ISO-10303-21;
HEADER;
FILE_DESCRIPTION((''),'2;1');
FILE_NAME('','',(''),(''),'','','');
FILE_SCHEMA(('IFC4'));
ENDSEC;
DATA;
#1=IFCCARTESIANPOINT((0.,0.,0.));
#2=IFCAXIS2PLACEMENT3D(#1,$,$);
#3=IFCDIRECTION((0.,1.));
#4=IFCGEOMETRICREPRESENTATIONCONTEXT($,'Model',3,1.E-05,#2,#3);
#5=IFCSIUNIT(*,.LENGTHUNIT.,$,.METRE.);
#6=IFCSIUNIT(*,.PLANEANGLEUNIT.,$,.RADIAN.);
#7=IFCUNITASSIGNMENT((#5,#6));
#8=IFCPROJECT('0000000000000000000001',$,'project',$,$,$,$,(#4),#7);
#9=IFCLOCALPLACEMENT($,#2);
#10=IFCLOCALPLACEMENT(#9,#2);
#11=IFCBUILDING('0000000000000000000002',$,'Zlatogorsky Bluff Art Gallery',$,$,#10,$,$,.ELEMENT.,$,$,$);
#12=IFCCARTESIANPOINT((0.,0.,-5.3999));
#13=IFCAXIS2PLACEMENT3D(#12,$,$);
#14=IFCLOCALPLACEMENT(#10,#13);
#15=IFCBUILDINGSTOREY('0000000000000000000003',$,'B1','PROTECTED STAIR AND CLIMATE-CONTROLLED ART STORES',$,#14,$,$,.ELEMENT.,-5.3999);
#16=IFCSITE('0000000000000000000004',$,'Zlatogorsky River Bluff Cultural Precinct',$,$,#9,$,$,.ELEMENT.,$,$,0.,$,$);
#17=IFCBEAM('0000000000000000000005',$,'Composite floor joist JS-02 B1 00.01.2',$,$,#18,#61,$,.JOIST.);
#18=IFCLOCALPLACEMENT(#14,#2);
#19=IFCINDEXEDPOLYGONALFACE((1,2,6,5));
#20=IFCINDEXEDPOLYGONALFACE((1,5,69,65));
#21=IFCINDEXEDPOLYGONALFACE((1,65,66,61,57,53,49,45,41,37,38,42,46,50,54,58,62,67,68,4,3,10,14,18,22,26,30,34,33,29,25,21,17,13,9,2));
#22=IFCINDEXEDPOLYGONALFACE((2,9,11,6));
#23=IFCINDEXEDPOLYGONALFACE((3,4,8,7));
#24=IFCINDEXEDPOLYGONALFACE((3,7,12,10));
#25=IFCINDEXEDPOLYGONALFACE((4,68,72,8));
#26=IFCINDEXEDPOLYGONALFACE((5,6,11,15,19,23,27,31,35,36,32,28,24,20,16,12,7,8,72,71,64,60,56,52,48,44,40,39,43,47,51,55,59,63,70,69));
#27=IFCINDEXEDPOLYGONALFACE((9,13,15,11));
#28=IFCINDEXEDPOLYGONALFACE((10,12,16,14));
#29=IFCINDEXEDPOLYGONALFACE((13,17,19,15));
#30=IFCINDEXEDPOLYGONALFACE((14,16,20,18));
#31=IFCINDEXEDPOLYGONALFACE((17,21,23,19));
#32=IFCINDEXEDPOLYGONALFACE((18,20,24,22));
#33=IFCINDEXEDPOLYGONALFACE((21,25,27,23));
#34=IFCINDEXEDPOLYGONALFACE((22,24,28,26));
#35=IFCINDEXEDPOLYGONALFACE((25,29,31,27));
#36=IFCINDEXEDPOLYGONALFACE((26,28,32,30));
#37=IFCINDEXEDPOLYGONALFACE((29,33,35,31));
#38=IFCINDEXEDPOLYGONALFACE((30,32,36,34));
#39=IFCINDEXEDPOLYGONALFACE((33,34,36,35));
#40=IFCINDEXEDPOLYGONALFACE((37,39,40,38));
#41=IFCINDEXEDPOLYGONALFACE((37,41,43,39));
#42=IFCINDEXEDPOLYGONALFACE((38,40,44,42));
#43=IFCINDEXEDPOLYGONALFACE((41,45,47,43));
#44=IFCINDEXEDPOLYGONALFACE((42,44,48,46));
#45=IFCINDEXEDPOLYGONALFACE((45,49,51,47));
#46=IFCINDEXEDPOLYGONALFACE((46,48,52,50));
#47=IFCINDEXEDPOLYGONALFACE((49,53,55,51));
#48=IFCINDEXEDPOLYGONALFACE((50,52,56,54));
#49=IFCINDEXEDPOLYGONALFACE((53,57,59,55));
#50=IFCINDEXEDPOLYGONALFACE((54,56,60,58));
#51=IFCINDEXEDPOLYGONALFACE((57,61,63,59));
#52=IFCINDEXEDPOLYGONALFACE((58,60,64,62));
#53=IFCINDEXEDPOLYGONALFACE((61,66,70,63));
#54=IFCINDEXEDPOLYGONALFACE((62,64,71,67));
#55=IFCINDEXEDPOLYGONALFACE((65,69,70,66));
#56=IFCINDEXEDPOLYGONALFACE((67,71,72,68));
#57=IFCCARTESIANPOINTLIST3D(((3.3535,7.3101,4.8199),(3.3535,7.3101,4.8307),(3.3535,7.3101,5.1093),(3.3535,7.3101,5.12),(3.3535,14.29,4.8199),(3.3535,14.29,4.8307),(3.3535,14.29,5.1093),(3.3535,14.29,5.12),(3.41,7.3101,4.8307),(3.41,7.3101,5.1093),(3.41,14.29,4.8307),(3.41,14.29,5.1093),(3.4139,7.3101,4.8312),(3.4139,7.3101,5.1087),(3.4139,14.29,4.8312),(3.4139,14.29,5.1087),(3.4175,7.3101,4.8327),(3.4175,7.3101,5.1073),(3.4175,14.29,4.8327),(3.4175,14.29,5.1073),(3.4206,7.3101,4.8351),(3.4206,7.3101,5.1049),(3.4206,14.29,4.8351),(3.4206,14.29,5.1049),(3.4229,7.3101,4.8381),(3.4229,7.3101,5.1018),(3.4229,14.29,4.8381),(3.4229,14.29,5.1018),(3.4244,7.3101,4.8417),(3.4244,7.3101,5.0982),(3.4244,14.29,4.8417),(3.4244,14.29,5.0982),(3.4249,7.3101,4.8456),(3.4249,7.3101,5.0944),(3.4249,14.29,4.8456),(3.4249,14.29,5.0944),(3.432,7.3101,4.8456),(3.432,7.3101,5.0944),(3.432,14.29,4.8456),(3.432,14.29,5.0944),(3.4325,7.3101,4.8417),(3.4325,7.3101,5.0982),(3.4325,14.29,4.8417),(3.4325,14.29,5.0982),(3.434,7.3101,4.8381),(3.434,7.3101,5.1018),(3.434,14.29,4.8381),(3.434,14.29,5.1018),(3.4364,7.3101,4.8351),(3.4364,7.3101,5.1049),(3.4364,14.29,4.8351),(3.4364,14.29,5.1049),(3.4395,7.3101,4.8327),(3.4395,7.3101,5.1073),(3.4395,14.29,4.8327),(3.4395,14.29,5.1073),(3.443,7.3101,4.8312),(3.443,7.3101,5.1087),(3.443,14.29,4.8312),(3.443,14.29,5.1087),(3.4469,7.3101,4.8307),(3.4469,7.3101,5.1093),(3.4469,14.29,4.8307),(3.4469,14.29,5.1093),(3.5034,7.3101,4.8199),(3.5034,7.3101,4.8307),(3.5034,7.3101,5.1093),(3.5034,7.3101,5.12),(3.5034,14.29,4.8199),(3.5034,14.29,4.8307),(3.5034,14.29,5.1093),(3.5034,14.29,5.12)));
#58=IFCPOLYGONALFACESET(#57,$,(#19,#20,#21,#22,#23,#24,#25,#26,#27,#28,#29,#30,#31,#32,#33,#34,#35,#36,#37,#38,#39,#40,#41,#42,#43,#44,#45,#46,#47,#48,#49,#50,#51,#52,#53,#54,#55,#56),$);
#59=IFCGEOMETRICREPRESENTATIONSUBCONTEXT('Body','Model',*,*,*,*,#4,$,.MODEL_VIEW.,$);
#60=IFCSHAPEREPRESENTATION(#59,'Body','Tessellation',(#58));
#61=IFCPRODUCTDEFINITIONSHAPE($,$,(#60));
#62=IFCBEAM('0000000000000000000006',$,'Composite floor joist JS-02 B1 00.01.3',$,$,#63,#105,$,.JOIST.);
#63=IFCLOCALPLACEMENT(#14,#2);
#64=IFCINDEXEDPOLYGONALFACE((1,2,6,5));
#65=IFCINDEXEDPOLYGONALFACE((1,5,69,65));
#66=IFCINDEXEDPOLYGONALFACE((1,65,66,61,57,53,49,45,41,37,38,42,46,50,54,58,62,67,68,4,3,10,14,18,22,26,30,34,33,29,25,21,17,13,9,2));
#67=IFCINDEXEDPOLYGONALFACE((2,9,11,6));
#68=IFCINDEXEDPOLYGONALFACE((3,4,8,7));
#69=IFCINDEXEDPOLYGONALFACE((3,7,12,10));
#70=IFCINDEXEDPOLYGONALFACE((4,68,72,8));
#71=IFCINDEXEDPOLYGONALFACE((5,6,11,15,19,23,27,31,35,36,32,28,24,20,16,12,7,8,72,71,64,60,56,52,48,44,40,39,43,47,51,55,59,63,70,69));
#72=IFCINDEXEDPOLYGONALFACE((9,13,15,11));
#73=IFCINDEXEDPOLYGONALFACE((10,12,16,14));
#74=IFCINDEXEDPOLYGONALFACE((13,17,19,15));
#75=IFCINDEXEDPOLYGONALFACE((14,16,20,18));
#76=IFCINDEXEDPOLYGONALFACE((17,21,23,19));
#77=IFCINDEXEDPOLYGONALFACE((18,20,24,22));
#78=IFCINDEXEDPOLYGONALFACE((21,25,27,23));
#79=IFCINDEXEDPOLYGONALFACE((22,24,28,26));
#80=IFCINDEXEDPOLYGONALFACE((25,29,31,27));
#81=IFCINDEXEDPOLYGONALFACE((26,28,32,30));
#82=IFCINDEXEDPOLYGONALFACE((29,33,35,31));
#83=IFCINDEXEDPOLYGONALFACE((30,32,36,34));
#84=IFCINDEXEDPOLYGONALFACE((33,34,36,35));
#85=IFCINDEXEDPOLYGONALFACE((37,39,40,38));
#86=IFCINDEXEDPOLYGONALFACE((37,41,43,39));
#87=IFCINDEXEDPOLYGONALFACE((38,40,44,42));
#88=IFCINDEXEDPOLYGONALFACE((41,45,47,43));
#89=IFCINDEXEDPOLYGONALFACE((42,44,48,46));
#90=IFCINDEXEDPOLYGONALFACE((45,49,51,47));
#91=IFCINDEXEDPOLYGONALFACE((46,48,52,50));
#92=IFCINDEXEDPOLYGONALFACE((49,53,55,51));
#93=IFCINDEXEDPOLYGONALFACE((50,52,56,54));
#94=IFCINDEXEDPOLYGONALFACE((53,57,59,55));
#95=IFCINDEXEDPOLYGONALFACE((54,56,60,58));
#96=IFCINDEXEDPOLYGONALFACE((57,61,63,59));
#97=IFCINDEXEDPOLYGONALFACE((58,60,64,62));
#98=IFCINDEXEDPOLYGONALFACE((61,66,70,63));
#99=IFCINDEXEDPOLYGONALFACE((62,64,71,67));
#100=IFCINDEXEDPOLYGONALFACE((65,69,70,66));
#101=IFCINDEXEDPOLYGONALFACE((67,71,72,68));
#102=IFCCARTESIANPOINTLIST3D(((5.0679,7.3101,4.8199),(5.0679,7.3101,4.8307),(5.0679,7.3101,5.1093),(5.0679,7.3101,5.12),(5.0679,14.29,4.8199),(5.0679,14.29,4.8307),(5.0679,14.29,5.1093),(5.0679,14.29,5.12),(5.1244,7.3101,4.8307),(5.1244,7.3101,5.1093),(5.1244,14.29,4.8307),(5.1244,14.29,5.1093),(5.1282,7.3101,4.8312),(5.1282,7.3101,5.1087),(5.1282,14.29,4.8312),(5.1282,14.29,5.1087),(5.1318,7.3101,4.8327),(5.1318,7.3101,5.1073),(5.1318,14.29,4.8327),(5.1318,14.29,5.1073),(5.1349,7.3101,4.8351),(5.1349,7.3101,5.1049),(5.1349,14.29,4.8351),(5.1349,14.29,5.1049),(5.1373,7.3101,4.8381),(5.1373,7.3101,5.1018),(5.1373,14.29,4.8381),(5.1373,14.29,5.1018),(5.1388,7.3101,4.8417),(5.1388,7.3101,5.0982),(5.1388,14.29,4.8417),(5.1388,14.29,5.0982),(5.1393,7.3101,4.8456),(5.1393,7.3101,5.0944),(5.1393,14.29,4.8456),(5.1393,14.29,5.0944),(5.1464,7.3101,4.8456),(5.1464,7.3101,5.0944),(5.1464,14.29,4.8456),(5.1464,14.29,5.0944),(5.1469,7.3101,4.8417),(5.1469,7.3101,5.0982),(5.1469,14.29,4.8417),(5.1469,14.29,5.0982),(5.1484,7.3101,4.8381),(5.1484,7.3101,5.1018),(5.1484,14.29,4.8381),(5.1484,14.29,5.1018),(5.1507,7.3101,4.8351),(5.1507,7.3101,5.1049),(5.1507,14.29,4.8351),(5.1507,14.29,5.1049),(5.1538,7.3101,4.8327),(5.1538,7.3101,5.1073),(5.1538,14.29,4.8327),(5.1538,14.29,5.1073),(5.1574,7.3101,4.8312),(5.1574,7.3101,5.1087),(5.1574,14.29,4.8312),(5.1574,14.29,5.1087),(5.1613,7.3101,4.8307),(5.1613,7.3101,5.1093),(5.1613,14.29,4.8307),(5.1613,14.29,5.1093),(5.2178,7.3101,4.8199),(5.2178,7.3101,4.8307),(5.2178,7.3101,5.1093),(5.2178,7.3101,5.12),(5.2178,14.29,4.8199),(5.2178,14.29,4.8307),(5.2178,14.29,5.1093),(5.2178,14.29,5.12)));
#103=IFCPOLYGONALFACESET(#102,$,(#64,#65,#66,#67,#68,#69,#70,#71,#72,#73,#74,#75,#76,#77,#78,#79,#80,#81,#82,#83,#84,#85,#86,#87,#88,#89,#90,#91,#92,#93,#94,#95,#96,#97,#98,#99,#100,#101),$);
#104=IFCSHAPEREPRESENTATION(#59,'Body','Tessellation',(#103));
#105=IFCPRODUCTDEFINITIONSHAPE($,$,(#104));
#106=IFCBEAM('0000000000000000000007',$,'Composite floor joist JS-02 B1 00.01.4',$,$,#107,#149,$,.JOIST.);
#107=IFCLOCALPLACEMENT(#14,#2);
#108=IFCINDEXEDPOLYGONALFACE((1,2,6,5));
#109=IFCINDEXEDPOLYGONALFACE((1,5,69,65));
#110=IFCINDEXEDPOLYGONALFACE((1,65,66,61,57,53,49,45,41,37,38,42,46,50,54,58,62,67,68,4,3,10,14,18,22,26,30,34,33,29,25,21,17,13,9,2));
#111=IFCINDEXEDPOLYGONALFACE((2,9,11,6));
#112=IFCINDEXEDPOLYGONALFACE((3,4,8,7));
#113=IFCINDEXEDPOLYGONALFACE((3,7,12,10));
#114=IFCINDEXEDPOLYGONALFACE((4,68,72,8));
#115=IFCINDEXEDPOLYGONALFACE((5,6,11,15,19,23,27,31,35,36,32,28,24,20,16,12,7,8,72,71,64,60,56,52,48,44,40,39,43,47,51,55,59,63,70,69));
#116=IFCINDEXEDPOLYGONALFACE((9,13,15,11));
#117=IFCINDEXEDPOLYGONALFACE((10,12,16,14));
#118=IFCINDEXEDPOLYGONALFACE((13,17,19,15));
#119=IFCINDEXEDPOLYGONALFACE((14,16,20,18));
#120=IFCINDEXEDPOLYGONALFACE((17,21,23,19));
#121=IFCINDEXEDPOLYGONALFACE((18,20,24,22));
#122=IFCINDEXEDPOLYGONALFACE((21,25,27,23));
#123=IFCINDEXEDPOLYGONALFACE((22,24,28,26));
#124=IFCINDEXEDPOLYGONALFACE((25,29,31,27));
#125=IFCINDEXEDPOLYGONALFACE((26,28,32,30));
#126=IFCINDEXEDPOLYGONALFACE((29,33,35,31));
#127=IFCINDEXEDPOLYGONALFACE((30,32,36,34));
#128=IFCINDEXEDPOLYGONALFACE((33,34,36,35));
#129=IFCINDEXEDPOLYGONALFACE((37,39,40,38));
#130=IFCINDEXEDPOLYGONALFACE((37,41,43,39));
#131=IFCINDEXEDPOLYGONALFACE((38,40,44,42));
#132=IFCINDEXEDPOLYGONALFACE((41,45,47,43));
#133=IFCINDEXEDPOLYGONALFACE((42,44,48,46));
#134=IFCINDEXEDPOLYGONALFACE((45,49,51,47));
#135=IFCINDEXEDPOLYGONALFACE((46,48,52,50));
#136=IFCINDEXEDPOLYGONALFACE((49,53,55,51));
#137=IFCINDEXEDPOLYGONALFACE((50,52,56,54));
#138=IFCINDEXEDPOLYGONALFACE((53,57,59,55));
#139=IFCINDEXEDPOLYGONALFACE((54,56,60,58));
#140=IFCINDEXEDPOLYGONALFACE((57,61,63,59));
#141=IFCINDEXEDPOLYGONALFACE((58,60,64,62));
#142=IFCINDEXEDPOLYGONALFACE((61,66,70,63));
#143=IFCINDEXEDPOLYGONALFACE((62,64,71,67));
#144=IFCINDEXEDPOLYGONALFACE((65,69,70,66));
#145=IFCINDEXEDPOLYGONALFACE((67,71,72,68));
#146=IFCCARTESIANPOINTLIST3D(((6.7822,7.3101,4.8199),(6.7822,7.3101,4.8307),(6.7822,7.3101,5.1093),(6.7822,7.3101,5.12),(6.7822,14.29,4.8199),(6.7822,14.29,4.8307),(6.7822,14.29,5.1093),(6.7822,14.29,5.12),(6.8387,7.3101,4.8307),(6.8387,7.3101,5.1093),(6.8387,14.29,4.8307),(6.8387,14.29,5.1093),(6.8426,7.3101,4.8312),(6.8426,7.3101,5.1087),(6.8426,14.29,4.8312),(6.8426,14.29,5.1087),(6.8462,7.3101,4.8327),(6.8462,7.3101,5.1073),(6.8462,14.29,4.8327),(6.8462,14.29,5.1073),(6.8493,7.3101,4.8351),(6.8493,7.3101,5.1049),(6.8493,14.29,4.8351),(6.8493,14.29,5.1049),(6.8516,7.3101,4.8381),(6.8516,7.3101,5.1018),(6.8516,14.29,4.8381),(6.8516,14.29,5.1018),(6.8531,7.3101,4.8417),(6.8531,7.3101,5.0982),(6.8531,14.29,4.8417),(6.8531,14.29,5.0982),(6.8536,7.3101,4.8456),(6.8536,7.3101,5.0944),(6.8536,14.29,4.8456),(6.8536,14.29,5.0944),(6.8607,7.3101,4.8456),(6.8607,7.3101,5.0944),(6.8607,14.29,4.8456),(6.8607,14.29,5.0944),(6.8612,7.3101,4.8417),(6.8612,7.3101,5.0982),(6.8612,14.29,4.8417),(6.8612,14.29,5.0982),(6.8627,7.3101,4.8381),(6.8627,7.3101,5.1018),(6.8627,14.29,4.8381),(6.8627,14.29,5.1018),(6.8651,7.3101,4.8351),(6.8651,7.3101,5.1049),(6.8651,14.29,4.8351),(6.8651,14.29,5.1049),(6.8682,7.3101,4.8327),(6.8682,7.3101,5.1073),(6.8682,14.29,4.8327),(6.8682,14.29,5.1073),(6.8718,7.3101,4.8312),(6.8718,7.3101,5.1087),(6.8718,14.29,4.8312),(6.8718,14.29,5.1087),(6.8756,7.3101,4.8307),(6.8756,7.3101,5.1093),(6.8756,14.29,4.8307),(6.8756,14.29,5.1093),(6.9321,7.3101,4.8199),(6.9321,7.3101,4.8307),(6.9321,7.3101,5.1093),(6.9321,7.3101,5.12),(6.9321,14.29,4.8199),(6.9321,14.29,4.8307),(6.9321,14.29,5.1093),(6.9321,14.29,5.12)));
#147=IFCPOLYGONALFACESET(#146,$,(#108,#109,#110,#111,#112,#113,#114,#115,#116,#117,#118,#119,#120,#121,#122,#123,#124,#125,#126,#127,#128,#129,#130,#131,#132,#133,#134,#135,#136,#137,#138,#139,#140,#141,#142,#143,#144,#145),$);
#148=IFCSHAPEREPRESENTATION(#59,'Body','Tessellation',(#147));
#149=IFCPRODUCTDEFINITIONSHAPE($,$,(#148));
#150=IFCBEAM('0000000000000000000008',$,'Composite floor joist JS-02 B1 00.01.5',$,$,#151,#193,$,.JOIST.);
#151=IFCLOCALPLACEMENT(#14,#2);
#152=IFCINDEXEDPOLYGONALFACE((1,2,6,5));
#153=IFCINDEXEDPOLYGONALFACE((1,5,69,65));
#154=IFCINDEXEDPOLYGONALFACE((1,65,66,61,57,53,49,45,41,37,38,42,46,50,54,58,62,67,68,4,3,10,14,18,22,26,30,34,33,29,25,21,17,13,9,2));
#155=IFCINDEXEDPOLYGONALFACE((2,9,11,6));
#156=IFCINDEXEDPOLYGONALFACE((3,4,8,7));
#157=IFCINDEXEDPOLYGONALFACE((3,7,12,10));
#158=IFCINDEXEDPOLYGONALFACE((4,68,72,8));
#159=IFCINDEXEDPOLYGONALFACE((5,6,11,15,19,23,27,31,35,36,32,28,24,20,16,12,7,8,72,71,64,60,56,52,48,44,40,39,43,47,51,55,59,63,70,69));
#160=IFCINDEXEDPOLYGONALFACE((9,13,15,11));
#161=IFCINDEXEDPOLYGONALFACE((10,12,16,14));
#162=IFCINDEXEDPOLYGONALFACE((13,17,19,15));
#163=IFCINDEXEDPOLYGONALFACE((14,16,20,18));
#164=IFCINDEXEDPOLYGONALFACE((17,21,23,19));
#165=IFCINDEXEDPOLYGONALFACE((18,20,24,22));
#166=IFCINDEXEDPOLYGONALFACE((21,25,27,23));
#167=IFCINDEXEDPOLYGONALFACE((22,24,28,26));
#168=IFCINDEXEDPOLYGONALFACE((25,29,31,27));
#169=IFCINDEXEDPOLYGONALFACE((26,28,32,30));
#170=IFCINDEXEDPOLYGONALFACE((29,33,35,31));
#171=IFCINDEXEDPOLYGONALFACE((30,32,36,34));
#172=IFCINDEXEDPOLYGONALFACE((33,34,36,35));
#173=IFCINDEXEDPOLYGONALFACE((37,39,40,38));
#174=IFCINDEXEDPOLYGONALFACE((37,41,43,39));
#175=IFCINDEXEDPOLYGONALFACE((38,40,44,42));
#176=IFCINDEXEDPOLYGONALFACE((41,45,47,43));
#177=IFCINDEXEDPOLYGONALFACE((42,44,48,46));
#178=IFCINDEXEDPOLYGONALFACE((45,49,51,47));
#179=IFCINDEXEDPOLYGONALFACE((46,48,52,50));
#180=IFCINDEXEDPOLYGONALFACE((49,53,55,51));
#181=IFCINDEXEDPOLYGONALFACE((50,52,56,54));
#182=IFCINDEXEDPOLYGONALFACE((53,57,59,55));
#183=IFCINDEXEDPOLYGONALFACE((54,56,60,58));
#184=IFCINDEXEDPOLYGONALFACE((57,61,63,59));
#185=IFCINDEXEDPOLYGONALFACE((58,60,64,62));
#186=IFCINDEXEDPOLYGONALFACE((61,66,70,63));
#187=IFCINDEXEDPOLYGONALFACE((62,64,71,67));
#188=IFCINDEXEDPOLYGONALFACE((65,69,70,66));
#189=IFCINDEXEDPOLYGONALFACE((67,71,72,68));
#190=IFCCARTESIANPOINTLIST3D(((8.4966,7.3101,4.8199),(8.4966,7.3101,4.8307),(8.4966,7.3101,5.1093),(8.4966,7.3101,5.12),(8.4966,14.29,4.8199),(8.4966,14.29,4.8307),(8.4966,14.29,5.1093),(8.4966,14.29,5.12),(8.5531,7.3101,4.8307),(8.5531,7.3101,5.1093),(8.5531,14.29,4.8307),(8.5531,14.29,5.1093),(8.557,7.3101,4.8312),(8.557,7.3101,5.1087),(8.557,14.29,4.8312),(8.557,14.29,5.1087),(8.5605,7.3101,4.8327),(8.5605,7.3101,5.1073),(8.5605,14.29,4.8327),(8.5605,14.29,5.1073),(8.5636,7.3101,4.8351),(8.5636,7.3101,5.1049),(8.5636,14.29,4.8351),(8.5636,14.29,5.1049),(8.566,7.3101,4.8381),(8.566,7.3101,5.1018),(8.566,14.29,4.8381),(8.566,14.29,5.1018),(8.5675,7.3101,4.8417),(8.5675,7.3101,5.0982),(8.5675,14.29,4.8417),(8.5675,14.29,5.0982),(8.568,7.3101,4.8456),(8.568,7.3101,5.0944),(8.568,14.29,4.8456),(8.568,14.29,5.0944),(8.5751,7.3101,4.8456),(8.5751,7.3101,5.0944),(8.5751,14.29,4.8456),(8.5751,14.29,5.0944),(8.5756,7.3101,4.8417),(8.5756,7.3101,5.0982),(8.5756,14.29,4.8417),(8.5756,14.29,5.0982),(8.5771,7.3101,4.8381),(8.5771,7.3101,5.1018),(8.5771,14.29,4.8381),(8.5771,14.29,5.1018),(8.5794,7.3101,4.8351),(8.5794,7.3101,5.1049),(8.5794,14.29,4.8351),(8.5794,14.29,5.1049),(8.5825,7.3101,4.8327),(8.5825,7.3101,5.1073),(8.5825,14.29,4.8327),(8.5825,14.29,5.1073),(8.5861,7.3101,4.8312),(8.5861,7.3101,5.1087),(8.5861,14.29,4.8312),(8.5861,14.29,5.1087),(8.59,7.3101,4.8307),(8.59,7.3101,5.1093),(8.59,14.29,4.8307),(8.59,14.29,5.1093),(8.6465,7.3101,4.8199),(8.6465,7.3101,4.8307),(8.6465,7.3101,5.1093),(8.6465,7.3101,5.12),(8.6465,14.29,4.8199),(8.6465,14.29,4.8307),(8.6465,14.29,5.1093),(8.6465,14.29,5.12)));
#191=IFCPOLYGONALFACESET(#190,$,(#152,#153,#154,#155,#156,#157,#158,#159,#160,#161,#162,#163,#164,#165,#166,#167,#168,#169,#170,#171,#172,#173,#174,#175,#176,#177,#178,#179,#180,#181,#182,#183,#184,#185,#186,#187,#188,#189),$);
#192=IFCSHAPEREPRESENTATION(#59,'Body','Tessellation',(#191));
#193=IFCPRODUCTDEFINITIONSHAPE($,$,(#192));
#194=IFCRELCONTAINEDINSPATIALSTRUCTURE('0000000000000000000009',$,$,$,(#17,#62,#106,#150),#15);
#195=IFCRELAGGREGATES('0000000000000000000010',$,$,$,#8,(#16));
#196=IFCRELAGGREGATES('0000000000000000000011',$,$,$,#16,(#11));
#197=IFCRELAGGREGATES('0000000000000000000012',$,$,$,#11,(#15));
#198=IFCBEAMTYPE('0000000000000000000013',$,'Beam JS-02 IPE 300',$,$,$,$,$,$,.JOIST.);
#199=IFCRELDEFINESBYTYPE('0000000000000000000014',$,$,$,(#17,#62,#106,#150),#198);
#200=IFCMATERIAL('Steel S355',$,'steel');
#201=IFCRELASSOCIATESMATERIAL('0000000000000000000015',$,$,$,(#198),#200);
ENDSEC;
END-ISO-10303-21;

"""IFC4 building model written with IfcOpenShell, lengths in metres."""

from ifc_helpers import new_model, si_unit, direction, frame, origin, origin_2d, place, context, subcontext, project, spatial, i_section, extrude, material, material_profile, profile_set, type_object, element, save


model = new_model("IFC4")

# Units and contexts
model_context = context("Model", 3, precision=1e-05, world=origin(), true_north=direction((0.0, 1.0)))
body_context = subcontext(model_context, "Body", "Model", "MODEL_VIEW")
ifc_project = project(units=[si_unit("LENGTHUNIT", "METRE"), si_unit("PLANEANGLEUNIT", "RADIAN")], contexts=[model_context])

# Site, building, storey
site_placement = place(None, origin())
site = spatial("IfcSite", under=ifc_project, at=site_placement, Name="Zlatogorsky River Bluff Cultural Precinct", CompositionType="ELEMENT", RefElevation=0.0)
building_placement = place(site_placement, origin())
building = spatial("IfcBuilding", under=site, at=building_placement, Name="Zlatogorsky Bluff Art Gallery", CompositionType="ELEMENT")
storey_placement = place(building_placement, frame((0.0, 0.0, -5.3999)))
storey = spatial("IfcBuildingStorey", under=building, at=storey_placement, Name="B1", Description="PROTECTED STAIR AND CLIMATE-CONTROLLED ART STORES", CompositionType="ELEMENT", Elevation=-5.3999)

# Beams
ifc_material_1 = material(Name="Steel S355", Category="steel")
ifc_material_profile_1 = material_profile(ifc_material_1, i_section(OverallWidth=0.1499, OverallDepth=0.3, WebThickness=0.0071, FlangeThickness=0.0107, FilletRadius=0.0149, at=origin_2d()), Name="IPE 300")
ifc_profile_set_1 = profile_set([ifc_material_profile_1], Name="Steel S355")
beam_type_1 = type_object("IfcBeamType", Name="Beam JS-02 IPE 300", PredefinedType="JOIST", material=ifc_profile_set_1)
for number, where, z_axis, x_axis, name in (
    (1, (3.4285, 7.3101, 4.97), (0.0, 1.0, 0.0), (-1.0, 0.0, 0.0), "Composite floor joist JS-02 B1 00.01.2"),
    (2, (5.1428, 7.3101, 4.97), (0.0, 1.0, 0.0), (-1.0, 0.0, 0.0), "Composite floor joist JS-02 B1 00.01.3"),
    (3, (6.8572, 7.3101, 4.97), (0.0, 1.0, 0.0), (-1.0, 0.0, 0.0), "Composite floor joist JS-02 B1 00.01.4"),
    (4, (8.5715, 7.3101, 4.97), (0.0, 1.0, 0.0), (-1.0, 0.0, 0.0), "Composite floor joist JS-02 B1 00.01.5"),
):
    element("IfcBeam", number, at=place(storey_placement, frame(where, z_axis=z_axis, x_axis=x_axis)), inside=storey, type_object=beam_type_1, Name=name, PredefinedType="JOIST", context=body_context, shape_type="SweptSolid", body=[
        extrude(i_section(OverallWidth=0.1499, OverallDepth=0.3, WebThickness=0.0071, FlangeThickness=0.0107, FilletRadius=0.0149, at=origin_2d()), origin(), (0.0, 0.0, 1.0), 6.98),
    ])

save(model, "model.ifc")
